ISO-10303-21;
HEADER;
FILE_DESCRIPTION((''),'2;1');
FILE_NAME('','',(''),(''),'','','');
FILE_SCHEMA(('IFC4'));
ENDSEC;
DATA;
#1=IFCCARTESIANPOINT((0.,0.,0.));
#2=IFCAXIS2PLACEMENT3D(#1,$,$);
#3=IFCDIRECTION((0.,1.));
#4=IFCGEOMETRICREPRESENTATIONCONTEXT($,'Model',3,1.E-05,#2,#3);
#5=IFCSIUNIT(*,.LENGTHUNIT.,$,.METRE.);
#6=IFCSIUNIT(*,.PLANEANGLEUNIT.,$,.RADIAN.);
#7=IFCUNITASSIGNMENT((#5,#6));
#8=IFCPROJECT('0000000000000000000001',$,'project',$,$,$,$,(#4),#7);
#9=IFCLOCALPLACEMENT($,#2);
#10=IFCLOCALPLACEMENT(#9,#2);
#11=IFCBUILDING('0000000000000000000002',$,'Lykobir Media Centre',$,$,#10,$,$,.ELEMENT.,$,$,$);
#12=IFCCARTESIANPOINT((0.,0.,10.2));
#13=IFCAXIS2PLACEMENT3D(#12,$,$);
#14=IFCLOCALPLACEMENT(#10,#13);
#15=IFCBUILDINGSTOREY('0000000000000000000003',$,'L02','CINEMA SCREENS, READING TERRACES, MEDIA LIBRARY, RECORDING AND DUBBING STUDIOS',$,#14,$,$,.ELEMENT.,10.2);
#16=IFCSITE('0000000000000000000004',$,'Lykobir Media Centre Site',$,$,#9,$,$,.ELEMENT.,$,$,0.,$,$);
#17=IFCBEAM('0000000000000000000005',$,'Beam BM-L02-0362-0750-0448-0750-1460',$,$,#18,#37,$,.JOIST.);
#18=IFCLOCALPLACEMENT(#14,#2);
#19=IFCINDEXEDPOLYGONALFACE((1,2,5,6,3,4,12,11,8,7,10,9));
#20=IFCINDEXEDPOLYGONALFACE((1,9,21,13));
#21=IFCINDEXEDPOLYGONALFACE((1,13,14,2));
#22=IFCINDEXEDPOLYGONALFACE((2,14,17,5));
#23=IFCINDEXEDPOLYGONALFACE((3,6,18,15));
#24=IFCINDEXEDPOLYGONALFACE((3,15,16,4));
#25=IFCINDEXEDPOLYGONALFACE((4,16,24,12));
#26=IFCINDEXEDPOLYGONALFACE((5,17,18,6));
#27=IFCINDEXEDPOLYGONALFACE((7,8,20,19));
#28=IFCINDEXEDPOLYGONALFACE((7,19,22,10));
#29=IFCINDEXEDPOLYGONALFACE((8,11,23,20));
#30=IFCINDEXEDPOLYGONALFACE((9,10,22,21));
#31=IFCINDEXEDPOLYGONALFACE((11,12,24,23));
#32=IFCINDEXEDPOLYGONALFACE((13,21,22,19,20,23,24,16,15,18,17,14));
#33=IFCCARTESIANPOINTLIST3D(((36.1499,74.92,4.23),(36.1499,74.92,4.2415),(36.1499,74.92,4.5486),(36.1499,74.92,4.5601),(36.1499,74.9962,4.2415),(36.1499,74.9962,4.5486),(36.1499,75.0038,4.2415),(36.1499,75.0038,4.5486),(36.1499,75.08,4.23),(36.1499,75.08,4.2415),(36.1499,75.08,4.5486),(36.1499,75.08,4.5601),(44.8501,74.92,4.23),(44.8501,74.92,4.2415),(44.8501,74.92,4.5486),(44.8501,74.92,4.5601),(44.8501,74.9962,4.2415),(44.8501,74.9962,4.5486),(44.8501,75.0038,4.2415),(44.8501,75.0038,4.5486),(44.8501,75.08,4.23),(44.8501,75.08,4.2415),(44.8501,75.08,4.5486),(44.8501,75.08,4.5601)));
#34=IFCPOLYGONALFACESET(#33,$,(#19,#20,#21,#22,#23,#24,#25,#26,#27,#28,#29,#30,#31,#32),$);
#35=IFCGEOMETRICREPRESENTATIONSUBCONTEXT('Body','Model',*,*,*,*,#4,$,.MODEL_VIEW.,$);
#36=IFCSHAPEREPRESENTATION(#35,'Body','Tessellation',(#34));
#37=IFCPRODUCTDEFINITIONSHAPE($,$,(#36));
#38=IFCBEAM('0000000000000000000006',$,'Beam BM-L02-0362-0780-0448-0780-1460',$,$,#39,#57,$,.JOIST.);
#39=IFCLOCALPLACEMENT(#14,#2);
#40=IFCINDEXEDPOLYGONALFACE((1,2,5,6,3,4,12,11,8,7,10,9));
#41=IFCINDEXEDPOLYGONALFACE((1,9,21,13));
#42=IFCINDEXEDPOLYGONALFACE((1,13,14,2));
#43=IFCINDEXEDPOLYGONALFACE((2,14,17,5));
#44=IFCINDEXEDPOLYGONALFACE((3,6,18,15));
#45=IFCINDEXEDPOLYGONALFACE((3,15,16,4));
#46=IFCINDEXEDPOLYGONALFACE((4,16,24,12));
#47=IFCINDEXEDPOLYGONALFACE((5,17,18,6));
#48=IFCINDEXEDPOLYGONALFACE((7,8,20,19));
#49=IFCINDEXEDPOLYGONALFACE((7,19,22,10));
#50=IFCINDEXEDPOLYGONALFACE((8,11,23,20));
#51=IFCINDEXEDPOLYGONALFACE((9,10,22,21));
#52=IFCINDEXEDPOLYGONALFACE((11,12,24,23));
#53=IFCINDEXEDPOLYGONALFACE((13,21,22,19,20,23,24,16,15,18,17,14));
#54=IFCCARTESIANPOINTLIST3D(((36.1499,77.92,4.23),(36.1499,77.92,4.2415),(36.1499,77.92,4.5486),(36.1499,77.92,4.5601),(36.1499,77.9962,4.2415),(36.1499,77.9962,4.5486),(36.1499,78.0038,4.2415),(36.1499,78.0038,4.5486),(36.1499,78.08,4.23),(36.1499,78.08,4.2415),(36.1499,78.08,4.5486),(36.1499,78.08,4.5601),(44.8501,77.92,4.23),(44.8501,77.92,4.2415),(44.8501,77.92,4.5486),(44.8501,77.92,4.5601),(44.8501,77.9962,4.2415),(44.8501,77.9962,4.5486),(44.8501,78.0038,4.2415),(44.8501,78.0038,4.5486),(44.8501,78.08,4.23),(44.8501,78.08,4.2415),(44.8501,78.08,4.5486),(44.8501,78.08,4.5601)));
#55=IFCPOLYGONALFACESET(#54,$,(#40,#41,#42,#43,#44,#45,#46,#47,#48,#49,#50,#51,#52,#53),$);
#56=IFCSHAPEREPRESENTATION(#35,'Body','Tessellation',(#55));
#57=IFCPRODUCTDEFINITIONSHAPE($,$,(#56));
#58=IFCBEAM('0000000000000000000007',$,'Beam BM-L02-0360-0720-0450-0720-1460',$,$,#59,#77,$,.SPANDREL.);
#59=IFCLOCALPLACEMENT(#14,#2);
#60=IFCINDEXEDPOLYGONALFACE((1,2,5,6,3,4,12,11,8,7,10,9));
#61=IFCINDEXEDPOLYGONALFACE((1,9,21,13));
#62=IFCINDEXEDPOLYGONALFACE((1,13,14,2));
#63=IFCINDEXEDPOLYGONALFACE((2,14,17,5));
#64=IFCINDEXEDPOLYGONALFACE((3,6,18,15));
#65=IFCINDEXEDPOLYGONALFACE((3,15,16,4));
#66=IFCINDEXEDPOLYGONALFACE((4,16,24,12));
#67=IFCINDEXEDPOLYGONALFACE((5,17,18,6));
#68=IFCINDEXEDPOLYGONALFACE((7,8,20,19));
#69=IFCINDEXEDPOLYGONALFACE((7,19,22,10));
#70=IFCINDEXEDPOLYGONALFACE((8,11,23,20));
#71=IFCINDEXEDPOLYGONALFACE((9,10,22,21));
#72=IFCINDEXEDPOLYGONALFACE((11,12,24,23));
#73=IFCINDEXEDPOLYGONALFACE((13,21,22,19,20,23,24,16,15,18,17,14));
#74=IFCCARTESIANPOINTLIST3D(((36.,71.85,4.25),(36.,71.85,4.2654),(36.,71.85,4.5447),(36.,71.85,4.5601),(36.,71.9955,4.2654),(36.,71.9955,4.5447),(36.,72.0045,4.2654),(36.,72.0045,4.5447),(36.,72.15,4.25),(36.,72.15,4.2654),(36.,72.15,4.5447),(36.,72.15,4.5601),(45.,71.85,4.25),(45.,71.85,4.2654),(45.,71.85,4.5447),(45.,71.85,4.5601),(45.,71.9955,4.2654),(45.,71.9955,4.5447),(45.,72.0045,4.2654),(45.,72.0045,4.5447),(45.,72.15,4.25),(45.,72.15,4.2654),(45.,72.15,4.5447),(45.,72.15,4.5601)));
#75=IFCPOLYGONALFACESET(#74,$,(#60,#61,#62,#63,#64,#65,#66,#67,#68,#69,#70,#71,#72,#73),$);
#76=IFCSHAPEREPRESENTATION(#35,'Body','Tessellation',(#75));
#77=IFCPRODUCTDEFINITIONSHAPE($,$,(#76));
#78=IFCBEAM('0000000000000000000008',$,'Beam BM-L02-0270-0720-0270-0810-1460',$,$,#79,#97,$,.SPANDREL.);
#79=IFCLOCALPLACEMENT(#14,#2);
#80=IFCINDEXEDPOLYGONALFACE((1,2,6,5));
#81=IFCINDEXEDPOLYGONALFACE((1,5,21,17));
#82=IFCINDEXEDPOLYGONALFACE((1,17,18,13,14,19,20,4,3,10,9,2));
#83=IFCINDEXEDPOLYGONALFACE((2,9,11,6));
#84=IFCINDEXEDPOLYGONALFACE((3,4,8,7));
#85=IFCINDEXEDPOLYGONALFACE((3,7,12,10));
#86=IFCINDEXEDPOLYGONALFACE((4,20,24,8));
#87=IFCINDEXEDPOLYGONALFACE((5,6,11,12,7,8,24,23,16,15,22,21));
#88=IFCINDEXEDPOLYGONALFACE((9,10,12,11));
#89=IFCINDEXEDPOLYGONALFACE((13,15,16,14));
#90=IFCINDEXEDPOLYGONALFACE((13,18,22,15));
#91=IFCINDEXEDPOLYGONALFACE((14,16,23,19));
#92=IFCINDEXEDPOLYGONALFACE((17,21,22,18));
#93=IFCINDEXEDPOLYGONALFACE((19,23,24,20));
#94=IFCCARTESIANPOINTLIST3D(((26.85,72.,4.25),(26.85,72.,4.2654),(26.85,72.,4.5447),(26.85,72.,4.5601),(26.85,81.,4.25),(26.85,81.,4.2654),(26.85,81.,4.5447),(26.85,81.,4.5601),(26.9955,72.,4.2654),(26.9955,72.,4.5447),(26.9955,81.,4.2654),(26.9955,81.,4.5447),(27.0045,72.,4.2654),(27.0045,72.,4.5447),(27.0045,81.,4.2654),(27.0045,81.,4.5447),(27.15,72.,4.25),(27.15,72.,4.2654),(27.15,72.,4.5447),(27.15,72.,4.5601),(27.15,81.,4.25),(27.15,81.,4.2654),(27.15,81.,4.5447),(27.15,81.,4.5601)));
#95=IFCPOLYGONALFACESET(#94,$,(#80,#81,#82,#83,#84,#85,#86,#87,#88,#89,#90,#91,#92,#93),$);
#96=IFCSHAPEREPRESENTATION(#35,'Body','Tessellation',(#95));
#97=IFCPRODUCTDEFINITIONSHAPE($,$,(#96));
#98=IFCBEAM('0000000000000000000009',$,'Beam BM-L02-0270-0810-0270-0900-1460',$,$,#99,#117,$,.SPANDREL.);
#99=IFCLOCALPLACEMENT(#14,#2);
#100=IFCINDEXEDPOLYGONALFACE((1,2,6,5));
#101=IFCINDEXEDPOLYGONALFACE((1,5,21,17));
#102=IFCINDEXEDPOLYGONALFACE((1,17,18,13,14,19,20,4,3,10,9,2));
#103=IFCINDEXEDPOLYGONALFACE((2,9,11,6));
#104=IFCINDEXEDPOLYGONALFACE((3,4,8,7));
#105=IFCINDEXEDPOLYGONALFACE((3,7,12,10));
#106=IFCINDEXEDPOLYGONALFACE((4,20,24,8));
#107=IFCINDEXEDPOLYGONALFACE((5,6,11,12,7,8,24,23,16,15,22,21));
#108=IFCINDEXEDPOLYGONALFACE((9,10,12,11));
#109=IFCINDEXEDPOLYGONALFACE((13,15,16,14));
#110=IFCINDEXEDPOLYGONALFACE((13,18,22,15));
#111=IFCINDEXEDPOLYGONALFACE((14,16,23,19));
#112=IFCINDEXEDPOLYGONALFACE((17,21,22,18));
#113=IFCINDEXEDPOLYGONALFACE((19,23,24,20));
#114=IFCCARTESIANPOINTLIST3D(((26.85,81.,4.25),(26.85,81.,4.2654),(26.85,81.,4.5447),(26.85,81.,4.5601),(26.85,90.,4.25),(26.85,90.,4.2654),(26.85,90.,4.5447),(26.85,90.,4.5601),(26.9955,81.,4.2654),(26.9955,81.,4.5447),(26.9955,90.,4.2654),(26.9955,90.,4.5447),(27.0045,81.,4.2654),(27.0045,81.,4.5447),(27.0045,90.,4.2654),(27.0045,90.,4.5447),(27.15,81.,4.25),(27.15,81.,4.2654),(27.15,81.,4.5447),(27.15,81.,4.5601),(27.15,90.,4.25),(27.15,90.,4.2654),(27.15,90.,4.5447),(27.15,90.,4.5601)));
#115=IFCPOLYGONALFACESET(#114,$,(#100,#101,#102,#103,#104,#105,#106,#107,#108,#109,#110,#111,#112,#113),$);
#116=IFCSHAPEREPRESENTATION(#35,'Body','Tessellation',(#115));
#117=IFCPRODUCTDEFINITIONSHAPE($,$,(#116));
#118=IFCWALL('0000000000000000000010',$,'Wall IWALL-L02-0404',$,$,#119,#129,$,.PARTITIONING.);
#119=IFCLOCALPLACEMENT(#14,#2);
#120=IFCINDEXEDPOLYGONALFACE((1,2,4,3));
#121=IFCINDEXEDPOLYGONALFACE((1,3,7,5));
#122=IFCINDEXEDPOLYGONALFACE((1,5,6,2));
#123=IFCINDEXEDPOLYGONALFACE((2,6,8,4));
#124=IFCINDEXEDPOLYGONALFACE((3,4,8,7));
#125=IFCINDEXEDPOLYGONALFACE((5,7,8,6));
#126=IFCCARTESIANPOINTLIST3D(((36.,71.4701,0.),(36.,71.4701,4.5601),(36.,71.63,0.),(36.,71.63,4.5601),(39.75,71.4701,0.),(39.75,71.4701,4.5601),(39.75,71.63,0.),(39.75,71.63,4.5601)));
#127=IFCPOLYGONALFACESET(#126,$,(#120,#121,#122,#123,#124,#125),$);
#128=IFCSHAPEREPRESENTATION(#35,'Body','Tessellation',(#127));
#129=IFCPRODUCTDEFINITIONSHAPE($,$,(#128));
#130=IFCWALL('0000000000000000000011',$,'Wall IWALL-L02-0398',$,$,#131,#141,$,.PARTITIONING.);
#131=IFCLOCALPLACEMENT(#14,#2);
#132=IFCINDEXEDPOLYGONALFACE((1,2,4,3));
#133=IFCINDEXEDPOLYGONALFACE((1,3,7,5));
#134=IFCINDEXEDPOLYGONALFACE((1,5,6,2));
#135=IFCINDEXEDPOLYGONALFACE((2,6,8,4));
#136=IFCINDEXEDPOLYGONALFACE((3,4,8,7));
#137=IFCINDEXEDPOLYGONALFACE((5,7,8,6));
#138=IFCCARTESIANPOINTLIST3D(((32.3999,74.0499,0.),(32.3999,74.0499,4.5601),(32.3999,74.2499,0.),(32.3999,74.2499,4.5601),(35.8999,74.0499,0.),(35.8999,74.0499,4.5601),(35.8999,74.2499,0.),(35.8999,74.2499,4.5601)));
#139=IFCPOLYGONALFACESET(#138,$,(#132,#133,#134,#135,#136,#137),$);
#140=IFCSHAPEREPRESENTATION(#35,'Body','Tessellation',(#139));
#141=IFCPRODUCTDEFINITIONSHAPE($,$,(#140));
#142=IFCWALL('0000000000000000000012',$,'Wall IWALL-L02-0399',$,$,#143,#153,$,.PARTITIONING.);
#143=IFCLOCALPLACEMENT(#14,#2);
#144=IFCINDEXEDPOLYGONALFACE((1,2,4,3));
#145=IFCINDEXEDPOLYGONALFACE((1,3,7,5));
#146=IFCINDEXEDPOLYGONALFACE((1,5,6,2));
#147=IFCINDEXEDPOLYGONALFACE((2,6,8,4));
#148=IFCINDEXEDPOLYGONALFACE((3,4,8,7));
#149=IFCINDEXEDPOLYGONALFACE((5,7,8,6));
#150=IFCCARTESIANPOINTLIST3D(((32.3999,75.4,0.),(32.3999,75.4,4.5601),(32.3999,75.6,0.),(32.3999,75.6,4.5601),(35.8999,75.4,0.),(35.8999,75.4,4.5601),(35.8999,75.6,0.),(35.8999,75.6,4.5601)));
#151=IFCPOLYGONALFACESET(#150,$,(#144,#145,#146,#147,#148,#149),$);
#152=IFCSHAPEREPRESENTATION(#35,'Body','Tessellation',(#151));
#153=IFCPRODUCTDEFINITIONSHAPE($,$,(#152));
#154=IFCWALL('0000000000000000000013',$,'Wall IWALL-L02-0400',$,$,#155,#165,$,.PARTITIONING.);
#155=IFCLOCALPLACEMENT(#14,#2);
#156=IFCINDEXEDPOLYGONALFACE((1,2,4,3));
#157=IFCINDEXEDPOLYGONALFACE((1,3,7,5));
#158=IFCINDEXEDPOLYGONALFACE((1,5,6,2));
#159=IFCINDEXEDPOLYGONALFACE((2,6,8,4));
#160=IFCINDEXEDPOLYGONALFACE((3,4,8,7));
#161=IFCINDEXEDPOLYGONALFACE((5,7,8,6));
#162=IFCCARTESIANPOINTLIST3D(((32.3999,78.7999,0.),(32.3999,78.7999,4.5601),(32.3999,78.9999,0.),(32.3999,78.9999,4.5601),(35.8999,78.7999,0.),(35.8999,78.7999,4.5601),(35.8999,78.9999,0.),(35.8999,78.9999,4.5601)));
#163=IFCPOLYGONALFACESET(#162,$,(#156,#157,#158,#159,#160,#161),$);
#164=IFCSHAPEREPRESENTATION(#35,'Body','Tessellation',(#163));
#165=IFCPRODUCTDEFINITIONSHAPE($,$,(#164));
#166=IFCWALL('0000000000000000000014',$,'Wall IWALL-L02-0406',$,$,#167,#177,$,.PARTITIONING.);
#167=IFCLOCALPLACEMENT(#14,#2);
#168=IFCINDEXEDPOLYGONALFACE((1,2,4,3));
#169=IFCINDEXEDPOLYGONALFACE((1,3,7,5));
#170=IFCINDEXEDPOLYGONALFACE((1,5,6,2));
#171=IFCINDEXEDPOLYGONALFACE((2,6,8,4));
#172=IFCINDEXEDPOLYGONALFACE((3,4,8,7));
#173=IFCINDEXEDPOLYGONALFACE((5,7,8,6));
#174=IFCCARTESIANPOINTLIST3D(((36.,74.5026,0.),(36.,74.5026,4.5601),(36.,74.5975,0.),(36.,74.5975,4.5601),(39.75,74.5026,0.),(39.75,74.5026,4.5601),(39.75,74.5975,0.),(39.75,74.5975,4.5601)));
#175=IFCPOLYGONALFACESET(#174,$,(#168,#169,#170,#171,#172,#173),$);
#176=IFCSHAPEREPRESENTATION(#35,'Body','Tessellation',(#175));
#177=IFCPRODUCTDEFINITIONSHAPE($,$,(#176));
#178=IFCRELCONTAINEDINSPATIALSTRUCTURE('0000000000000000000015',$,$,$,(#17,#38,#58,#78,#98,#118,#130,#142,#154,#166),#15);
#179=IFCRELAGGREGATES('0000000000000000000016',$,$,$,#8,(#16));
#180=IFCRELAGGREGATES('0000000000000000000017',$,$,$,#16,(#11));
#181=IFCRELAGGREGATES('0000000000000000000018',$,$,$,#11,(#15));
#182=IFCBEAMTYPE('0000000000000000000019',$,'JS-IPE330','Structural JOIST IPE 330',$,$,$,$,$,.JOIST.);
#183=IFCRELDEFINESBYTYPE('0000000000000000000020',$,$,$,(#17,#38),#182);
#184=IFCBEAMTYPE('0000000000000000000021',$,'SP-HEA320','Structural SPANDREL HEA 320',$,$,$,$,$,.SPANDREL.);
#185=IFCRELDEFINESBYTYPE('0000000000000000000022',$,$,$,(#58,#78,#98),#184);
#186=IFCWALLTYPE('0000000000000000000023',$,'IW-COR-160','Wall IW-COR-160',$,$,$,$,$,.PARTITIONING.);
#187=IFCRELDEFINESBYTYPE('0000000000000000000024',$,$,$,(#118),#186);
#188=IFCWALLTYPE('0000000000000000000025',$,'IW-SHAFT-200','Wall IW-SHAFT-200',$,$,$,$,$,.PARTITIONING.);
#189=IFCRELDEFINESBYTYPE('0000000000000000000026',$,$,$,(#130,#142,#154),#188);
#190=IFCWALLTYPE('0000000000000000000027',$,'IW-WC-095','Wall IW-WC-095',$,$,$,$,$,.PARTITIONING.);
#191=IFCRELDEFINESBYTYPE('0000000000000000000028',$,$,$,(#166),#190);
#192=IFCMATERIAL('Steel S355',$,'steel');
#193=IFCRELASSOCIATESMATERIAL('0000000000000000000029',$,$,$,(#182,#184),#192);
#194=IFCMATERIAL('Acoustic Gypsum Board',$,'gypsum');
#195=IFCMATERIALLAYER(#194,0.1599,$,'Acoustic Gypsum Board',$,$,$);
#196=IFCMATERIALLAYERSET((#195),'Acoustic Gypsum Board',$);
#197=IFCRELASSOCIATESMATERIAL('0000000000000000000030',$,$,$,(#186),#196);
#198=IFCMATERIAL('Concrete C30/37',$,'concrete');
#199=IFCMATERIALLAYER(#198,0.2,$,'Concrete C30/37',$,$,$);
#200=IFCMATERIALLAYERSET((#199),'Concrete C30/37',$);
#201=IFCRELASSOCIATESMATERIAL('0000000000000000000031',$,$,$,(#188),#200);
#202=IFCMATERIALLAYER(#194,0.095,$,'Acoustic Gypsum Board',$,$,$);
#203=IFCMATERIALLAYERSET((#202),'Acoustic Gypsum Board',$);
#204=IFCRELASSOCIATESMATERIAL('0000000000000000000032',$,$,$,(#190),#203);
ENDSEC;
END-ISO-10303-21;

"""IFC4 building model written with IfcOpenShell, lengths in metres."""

from ifc_helpers import new_model, si_unit, direction, frame, frame_2d, origin, origin_2d, place, context, subcontext, project, spatial, rectangle, i_section, extrude, material, layer, layer_set, material_profile, profile_set, type_object, element, save


model = new_model("IFC4")

# Units and contexts
model_context = context("Model", 3, precision=1e-05, world=origin(), true_north=direction((0.0, 1.0)))
body_context = subcontext(model_context, "Body", "Model", "MODEL_VIEW")
ifc_project = project(units=[si_unit("LENGTHUNIT", "METRE"), si_unit("PLANEANGLEUNIT", "RADIAN")], contexts=[model_context])

# Site, building, storey
site_placement = place(None, origin())
site = spatial("IfcSite", under=ifc_project, at=site_placement, Name="Lykobir Media Centre Site", CompositionType="ELEMENT", RefElevation=0.0)
building_placement = place(site_placement, origin())
building = spatial("IfcBuilding", under=site, at=building_placement, Name="Lykobir Media Centre", CompositionType="ELEMENT")
storey_placement = place(building_placement, frame((0.0, 0.0, 10.2)))
storey = spatial("IfcBuildingStorey", under=building, at=storey_placement, Name="L02", Description="CINEMA SCREENS, READING TERRACES, MEDIA LIBRARY, RECORDING AND DUBBING STUDIOS", CompositionType="ELEMENT", Elevation=10.2)

# Shared definitions
ifc_material_1 = material(Name="Steel S355", Category="steel")

# Beams
ifc_material_profile_1 = material_profile(ifc_material_1, i_section(OverallWidth=0.1599, OverallDepth=0.3301, WebThickness=0.0076, FlangeThickness=0.0115, at=origin_2d()), Name="IPE 330")
ifc_profile_set_1 = profile_set([ifc_material_profile_1], Name="Steel S355")
beam_type_1 = type_object("IfcBeamType", Name="JS-IPE330", Description="Structural JOIST IPE 330", PredefinedType="JOIST", material=ifc_profile_set_1)
for number, where, z_axis, x_axis, name in (
    (1, (36.1499, 75.0, 4.395), (1.0, 0.0, 0.0), (0.0, 1.0, 0.0), "Beam BM-L02-0362-0750-0448-0750-1460"),
    (2, (36.1499, 78.0, 4.395), (1.0, 0.0, 0.0), (0.0, 1.0, 0.0), "Beam BM-L02-0362-0780-0448-0780-1460"),
):
    element("IfcBeam", number, at=place(storey_placement, frame(where, z_axis=z_axis, x_axis=x_axis)), inside=storey, type_object=beam_type_1, Name=name, PredefinedType="JOIST", context=body_context, shape_type="SweptSolid", body=[
        extrude(i_section(OverallWidth=0.1599, OverallDepth=0.3301, WebThickness=0.0076, FlangeThickness=0.0115, at=origin_2d()), origin(), (0.0, 0.0, 1.0), 8.7002),
    ])
ifc_material_profile_2 = material_profile(ifc_material_1, i_section(OverallWidth=0.3, OverallDepth=0.3101, WebThickness=0.009, FlangeThickness=0.0154, at=origin_2d()), Name="HEA 320")
ifc_profile_set_2 = profile_set([ifc_material_profile_2], Name="Steel S355")
beam_type_2 = type_object("IfcBeamType", Name="SP-HEA320", Description="Structural SPANDREL HEA 320", PredefinedType="SPANDREL", material=ifc_profile_set_2)
for number, where, z_axis, x_axis, name in (
    (3, (36.0, 72.0, 4.405), (1.0, 0.0, 0.0), (0.0, 1.0, 0.0), "Beam BM-L02-0360-0720-0450-0720-1460"),
    (4, (27.0, 72.0, 4.405), (0.0, 1.0, 0.0), (-1.0, 0.0, 0.0), "Beam BM-L02-0270-0720-0270-0810-1460"),
    (5, (27.0, 81.0, 4.405), (0.0, 1.0, 0.0), (-1.0, 0.0, 0.0), "Beam BM-L02-0270-0810-0270-0900-1460"),
):
    element("IfcBeam", number, at=place(storey_placement, frame(where, z_axis=z_axis, x_axis=x_axis)), inside=storey, type_object=beam_type_2, Name=name, PredefinedType="SPANDREL", context=body_context, shape_type="SweptSolid", body=[
        extrude(i_section(OverallWidth=0.3, OverallDepth=0.3101, WebThickness=0.009, FlangeThickness=0.0154, at=origin_2d()), origin(), (0.0, 0.0, 1.0), 9.0),
    ])

# Walls
ifc_material_2 = material(Name="Acoustic Gypsum Board", Category="gypsum")
ifc_layer_1 = layer(ifc_material_2, 0.1599, Name="Acoustic Gypsum Board")
ifc_layer_set_1 = layer_set([ifc_layer_1], Name="Acoustic Gypsum Board")
wall_type_1 = type_object("IfcWallType", Name="IW-COR-160", Description="Wall IW-COR-160", PredefinedType="PARTITIONING", material=ifc_layer_set_1)
wall_1_placement = place(storey_placement, frame((36.0, 71.55, 0.0), z_axis=(0.0, 0.0, 1.0), x_axis=(1.0, 0.0, 0.0)))
element("IfcWall", 6, at=wall_1_placement, inside=storey, type_object=wall_type_1, Name="Wall IWALL-L02-0404", PredefinedType="PARTITIONING", context=body_context, shape_type="SweptSolid", body=[
    extrude(rectangle(XDim=3.75, YDim=0.1599, at=frame_2d((1.875, 0.0))), origin(), (0.0, 0.0, 1.0), 4.5601),
])
ifc_material_3 = material(Name="Concrete C30/37", Category="concrete")
ifc_layer_2 = layer(ifc_material_3, 0.2, Name="Concrete C30/37")
ifc_layer_set_2 = layer_set([ifc_layer_2], Name="Concrete C30/37")
wall_type_2 = type_object("IfcWallType", Name="IW-SHAFT-200", Description="Wall IW-SHAFT-200", PredefinedType="PARTITIONING", material=ifc_layer_set_2)
for number, where, z_axis, x_axis, name in (
    (7, (32.3999, 74.1499, 0.0), (0.0, 0.0, 1.0), (1.0, 0.0, 0.0), "Wall IWALL-L02-0398"),
    (8, (32.3999, 75.5, 0.0), (0.0, 0.0, 1.0), (1.0, 0.0, 0.0), "Wall IWALL-L02-0399"),
    (9, (32.3999, 78.8999, 0.0), (0.0, 0.0, 1.0), (1.0, 0.0, 0.0), "Wall IWALL-L02-0400"),
):
    element("IfcWall", number, at=place(storey_placement, frame(where, z_axis=z_axis, x_axis=x_axis)), inside=storey, type_object=wall_type_2, Name=name, PredefinedType="PARTITIONING", context=body_context, shape_type="SweptSolid", body=[
        extrude(rectangle(XDim=3.5, YDim=0.2, at=frame_2d((1.75, 0.0))), origin(), (0.0, 0.0, 1.0), 4.5601),
    ])
ifc_layer_3 = layer(ifc_material_2, 0.095, Name="Acoustic Gypsum Board")
ifc_layer_set_3 = layer_set([ifc_layer_3], Name="Acoustic Gypsum Board")
wall_type_3 = type_object("IfcWallType", Name="IW-WC-095", Description="Wall IW-WC-095", PredefinedType="PARTITIONING", material=ifc_layer_set_3)
wall_2_placement = place(storey_placement, frame((36.0, 74.55, 0.0), z_axis=(0.0, 0.0, 1.0), x_axis=(1.0, 0.0, 0.0)))
element("IfcWall", 10, at=wall_2_placement, inside=storey, type_object=wall_type_3, Name="Wall IWALL-L02-0406", PredefinedType="PARTITIONING", context=body_context, shape_type="SweptSolid", body=[
    extrude(rectangle(XDim=3.75, YDim=0.095, at=frame_2d((1.875, 0.0))), origin(), (0.0, 0.0, 1.0), 4.5601),
])

save(model, "model.ifc")
